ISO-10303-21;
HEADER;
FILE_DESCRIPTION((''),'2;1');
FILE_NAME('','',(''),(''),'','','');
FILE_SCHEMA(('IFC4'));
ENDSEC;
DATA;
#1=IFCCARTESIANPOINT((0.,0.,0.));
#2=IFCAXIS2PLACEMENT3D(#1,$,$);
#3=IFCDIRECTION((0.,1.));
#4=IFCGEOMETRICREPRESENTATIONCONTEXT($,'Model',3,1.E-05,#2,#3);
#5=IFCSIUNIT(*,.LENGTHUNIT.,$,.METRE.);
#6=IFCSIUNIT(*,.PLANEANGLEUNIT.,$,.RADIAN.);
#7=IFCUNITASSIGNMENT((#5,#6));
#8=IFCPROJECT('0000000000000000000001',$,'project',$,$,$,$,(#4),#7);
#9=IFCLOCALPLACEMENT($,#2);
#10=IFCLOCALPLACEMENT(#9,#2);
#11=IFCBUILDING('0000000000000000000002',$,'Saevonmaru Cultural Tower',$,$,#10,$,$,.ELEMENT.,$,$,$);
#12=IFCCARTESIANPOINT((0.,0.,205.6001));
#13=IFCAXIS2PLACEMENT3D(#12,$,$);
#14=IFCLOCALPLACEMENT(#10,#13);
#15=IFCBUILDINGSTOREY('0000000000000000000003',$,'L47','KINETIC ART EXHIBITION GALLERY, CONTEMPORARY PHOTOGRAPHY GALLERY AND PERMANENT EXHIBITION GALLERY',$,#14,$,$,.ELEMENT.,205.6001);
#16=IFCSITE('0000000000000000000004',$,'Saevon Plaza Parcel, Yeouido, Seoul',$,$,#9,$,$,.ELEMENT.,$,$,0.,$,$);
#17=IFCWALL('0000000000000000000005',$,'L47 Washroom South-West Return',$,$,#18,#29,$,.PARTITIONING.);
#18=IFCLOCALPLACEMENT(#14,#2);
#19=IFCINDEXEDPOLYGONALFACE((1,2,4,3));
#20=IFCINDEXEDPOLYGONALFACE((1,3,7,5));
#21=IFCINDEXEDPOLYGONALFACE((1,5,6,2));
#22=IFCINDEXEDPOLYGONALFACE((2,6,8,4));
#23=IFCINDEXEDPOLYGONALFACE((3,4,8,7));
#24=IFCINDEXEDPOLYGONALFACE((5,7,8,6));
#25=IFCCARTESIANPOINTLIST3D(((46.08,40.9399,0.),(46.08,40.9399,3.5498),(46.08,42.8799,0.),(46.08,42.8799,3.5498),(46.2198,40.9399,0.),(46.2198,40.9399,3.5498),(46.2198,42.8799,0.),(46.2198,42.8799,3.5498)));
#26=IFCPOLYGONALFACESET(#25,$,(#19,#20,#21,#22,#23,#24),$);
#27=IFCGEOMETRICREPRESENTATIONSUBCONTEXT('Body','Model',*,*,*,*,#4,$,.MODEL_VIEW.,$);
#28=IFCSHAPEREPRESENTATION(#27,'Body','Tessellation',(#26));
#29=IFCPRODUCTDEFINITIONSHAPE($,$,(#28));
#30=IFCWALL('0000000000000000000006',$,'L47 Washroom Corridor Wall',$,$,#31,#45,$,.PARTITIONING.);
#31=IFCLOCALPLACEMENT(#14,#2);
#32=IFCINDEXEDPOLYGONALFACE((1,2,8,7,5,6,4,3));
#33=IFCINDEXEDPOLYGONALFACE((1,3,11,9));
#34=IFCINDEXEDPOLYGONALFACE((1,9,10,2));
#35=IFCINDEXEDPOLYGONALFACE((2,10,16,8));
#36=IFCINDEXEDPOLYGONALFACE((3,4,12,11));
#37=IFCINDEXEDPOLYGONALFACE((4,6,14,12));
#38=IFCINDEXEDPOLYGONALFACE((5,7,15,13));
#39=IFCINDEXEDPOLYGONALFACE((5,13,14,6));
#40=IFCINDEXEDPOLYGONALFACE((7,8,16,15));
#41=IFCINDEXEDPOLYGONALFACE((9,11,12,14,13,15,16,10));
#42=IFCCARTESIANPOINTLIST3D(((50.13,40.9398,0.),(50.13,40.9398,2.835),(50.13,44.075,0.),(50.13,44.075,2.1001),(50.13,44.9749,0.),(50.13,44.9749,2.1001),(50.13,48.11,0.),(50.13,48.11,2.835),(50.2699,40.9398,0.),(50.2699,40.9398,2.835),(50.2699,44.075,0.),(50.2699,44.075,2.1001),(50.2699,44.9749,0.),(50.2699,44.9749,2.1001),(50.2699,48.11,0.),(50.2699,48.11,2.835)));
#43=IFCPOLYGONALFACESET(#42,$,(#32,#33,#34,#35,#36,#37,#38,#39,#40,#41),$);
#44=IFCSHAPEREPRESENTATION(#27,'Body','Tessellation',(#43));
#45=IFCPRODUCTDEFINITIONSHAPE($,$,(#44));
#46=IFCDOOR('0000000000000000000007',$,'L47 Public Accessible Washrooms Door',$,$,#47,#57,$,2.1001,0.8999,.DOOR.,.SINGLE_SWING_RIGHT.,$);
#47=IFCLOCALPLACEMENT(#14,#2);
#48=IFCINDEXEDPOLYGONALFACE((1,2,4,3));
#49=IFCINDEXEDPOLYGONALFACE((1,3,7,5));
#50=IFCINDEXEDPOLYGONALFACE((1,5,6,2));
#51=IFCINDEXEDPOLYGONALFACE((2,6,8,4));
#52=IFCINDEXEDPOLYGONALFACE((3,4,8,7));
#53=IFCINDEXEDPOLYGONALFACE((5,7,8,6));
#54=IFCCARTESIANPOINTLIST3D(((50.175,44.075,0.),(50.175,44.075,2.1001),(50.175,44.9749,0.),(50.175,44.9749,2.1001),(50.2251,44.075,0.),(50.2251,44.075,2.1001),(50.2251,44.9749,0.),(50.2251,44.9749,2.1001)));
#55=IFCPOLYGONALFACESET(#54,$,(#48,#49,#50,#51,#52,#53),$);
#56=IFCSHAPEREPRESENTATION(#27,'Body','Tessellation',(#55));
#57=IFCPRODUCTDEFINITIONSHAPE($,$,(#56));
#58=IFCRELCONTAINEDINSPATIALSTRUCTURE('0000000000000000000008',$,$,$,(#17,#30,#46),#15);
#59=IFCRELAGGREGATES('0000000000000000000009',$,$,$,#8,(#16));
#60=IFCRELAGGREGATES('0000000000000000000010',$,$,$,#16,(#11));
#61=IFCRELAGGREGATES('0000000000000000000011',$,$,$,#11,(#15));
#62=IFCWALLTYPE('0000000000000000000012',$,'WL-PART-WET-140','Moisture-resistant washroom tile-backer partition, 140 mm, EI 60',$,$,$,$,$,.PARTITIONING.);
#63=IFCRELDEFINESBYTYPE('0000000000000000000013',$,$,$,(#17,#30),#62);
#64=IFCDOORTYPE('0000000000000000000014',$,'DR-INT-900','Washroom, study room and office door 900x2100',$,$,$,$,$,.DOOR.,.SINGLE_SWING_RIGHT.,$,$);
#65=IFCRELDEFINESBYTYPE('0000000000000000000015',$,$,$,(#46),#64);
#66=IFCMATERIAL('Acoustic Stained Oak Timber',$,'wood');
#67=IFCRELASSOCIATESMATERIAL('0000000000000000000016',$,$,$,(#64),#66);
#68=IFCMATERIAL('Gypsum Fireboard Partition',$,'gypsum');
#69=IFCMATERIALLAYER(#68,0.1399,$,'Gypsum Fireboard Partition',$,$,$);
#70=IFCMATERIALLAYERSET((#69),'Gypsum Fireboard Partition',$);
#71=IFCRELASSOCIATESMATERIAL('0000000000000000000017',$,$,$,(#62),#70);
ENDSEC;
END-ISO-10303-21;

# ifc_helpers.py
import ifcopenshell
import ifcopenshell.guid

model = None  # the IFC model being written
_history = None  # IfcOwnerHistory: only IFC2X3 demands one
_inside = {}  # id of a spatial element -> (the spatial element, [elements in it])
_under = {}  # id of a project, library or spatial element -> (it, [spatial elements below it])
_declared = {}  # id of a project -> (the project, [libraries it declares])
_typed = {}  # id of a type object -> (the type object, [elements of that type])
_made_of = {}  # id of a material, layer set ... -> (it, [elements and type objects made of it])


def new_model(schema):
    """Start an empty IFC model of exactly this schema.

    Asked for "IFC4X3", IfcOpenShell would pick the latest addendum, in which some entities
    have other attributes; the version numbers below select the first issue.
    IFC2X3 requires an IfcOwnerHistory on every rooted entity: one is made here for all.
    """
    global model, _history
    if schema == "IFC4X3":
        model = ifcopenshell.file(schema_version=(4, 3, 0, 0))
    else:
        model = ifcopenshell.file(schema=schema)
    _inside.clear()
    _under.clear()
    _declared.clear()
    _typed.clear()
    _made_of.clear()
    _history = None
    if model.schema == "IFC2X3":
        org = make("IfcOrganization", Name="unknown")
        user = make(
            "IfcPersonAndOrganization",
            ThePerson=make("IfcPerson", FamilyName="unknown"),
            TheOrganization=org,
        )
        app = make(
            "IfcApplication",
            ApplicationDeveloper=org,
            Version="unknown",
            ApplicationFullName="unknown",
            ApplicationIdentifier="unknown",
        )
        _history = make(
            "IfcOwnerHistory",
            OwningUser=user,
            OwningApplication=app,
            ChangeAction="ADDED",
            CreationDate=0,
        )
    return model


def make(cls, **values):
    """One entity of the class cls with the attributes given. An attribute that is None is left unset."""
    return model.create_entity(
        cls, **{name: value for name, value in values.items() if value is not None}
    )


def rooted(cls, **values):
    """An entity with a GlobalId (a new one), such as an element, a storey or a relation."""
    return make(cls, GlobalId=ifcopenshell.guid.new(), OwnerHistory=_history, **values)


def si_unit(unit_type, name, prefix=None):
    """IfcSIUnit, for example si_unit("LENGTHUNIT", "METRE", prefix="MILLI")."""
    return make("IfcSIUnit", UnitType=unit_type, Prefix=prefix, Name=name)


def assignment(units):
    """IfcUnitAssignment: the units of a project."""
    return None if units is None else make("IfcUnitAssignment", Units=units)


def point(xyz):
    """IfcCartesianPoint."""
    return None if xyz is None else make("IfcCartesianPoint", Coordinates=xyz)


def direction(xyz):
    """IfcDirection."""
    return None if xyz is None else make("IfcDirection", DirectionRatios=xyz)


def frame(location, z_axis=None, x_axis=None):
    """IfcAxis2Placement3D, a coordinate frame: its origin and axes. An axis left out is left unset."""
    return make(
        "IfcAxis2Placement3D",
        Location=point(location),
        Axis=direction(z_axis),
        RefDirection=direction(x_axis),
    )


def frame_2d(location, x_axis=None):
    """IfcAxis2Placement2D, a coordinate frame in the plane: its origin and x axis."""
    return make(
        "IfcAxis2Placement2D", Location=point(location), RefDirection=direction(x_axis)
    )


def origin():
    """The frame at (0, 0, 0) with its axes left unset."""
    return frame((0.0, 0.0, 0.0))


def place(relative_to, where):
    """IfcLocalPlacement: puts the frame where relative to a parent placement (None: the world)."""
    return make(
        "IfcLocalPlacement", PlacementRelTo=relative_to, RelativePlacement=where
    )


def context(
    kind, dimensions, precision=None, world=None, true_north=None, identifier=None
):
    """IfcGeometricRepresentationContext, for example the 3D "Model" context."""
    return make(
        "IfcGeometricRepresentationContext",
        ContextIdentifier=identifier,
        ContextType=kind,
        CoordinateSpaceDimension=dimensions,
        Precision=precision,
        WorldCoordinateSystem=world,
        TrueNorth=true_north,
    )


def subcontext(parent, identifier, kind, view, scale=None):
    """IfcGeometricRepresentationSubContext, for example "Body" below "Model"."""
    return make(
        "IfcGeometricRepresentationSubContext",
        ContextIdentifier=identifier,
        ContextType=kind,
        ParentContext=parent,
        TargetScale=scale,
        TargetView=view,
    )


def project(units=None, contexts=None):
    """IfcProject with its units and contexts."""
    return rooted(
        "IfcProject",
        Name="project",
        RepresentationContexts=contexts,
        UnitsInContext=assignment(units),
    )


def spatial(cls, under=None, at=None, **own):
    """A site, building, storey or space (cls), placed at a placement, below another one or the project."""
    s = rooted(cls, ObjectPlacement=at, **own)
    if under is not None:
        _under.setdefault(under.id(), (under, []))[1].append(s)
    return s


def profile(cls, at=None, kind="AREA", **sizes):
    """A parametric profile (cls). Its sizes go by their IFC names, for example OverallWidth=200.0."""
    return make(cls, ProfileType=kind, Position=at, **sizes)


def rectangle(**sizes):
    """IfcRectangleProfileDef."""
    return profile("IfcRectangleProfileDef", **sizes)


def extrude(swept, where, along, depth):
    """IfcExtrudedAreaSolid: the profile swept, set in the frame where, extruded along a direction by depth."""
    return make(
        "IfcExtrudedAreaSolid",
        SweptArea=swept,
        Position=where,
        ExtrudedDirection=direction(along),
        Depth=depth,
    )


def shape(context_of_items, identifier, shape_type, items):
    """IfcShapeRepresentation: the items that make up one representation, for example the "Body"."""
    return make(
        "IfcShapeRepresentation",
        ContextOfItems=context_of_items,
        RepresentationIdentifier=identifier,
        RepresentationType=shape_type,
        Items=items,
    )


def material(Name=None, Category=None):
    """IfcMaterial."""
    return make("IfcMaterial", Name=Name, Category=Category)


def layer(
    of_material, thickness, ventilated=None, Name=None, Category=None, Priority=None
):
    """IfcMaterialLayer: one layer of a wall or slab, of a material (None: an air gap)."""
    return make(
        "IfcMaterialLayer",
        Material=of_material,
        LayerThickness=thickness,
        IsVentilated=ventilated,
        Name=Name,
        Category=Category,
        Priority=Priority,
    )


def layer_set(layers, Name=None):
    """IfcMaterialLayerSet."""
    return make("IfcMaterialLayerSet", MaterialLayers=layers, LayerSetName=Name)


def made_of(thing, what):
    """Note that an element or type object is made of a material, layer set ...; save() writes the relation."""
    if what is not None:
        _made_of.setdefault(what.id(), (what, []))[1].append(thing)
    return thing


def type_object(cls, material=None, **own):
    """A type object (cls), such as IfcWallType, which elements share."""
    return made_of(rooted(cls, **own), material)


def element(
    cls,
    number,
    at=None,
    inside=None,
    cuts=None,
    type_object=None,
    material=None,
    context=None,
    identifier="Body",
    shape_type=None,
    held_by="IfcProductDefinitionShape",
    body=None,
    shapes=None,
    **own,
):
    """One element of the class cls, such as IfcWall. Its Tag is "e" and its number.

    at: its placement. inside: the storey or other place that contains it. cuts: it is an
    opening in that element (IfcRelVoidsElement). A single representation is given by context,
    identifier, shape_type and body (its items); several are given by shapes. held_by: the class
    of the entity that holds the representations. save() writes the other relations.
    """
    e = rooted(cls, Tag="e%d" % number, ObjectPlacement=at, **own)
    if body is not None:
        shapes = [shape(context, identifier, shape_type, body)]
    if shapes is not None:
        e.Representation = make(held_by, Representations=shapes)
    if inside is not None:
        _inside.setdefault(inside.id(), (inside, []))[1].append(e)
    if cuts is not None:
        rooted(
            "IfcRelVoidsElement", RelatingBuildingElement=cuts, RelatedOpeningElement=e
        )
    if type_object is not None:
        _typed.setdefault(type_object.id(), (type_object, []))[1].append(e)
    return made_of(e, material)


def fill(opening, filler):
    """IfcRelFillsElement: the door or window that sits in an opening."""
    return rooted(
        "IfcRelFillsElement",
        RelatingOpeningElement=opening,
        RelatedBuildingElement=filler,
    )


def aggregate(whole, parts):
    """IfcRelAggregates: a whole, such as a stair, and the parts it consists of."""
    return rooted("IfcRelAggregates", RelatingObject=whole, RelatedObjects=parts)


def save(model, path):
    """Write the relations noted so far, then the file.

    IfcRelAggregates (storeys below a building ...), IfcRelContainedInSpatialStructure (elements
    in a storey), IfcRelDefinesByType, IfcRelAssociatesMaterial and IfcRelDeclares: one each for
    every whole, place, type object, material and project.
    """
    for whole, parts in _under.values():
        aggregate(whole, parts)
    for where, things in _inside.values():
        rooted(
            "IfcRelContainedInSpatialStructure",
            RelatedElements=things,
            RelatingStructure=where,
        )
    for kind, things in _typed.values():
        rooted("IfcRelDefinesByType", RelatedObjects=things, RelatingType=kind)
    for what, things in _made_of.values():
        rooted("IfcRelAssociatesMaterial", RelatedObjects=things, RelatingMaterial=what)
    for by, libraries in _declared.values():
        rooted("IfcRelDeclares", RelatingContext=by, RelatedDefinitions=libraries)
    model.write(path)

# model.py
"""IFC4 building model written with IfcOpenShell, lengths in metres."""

from ifc_helpers import new_model, si_unit, direction, frame, frame_2d, origin, place, context, subcontext, project, spatial, rectangle, extrude, material, layer, layer_set, type_object, element, fill, save


model = new_model("IFC4")

# Units and contexts
model_context = context("Model", 3, precision=1e-05, world=origin(), true_north=direction((0.0, 1.0)))
body_context = subcontext(model_context, "Body", "Model", "MODEL_VIEW")
ifc_project = project(units=[si_unit("LENGTHUNIT", "METRE"), si_unit("PLANEANGLEUNIT", "RADIAN")], contexts=[model_context])

# Site, building, storey
site_placement = place(None, origin())
site = spatial("IfcSite", under=ifc_project, at=site_placement, Name="Saevon Plaza Parcel, Yeouido, Seoul", CompositionType="ELEMENT", RefElevation=0.0)
building_placement = place(site_placement, origin())
building = spatial("IfcBuilding", under=site, at=building_placement, Name="Saevonmaru Cultural Tower", CompositionType="ELEMENT")
storey_placement = place(building_placement, frame((0.0, 0.0, 205.6001)))
storey = spatial("IfcBuildingStorey", under=building, at=storey_placement, Name="L47", Description="KINETIC ART EXHIBITION GALLERY, CONTEMPORARY PHOTOGRAPHY GALLERY AND PERMANENT EXHIBITION GALLERY", CompositionType="ELEMENT", Elevation=205.6001)

# Shared definitions
ifc_material_1 = material(Name="Gypsum Fireboard Partition", Category="gypsum")
ifc_material_2 = material(Name="Acoustic Stained Oak Timber", Category="wood")

# Shared definitions
door_type_1 = type_object("IfcDoorType", Name="DR-INT-900", Description="Washroom, study room and office door 900x2100", OperationType="SINGLE_SWING_RIGHT", PredefinedType="DOOR", material=ifc_material_2)

# Wall
ifc_layer_1 = layer(ifc_material_1, 0.1399, Name="Gypsum Fireboard Partition")
ifc_layer_set_1 = layer_set([ifc_layer_1], Name="Gypsum Fireboard Partition")
wall_type_1 = type_object("IfcWallType", Name="WL-PART-WET-140", Description="Moisture-resistant washroom tile-backer partition, 140 mm, EI 60", PredefinedType="PARTITIONING", material=ifc_layer_set_1)
wall_1_placement = place(storey_placement, frame((46.1499, 40.9399, 0.0), z_axis=(0.0, 0.0, 1.0), x_axis=(0.0, 1.0, 0.0)))
element("IfcWall", 1, at=wall_1_placement, inside=storey, type_object=wall_type_1, Name="L47 Washroom South-West Return", PredefinedType="PARTITIONING", context=body_context, shape_type="SweptSolid", body=[
    extrude(rectangle(XDim=1.9399, YDim=0.1399, at=frame_2d((0.97, 0.0))), origin(), (0.0, 0.0, 1.0), 3.5498),
])

# Wall, opening, door
wall_2_placement = place(storey_placement, frame((50.2, 40.9399, 0.0), z_axis=(0.0, 0.0, 1.0), x_axis=(0.0, 1.0, 0.0)))
wall_2 = element("IfcWall", 2, at=wall_2_placement, inside=storey, type_object=wall_type_1, Name="L47 Washroom Corridor Wall", PredefinedType="PARTITIONING", context=body_context, shape_type="SweptSolid", body=[
    extrude(rectangle(XDim=7.1702, YDim=0.1399, at=frame_2d((3.585, 0.0))), origin(), (0.0, 0.0, 1.0), 2.835),
])
opening_1_placement = place(wall_2_placement, frame((3.135, 0.0, 0.0)))
opening_1 = element("IfcOpeningElement", 3, at=opening_1_placement, cuts=wall_2, PredefinedType="OPENING", context=body_context, shape_type="SweptSolid", body=[
    extrude(rectangle(XDim=0.8999, YDim=2.1001, at=frame_2d((0.45, 1.05))), frame((0.0, 0.0801, 0.0), z_axis=(0.0, -1.0, 0.0), x_axis=(1.0, 0.0, 0.0)), (0.0, 0.0, 1.0), 0.1599),
])
door_1_placement = place(opening_1_placement, origin())
door_1 = element("IfcDoor", 4, at=door_1_placement, inside=storey, type_object=door_type_1, Name="L47 Public Accessible Washrooms Door", OperationType="SINGLE_SWING_RIGHT", OverallHeight=2.1001, OverallWidth=0.8999, PredefinedType="DOOR", context=body_context, shape_type="SweptSolid", body=[
    extrude(rectangle(XDim=0.8999, YDim=2.1001, at=frame_2d((0.45, 1.05))), frame((0.0, 0.0249, 0.0), z_axis=(0.0, -1.0, 0.0), x_axis=(1.0, 0.0, 0.0)), (0.0, 0.0, 1.0), 0.05),
])
fill(opening_1, door_1)

save(model, "model.ifc")
